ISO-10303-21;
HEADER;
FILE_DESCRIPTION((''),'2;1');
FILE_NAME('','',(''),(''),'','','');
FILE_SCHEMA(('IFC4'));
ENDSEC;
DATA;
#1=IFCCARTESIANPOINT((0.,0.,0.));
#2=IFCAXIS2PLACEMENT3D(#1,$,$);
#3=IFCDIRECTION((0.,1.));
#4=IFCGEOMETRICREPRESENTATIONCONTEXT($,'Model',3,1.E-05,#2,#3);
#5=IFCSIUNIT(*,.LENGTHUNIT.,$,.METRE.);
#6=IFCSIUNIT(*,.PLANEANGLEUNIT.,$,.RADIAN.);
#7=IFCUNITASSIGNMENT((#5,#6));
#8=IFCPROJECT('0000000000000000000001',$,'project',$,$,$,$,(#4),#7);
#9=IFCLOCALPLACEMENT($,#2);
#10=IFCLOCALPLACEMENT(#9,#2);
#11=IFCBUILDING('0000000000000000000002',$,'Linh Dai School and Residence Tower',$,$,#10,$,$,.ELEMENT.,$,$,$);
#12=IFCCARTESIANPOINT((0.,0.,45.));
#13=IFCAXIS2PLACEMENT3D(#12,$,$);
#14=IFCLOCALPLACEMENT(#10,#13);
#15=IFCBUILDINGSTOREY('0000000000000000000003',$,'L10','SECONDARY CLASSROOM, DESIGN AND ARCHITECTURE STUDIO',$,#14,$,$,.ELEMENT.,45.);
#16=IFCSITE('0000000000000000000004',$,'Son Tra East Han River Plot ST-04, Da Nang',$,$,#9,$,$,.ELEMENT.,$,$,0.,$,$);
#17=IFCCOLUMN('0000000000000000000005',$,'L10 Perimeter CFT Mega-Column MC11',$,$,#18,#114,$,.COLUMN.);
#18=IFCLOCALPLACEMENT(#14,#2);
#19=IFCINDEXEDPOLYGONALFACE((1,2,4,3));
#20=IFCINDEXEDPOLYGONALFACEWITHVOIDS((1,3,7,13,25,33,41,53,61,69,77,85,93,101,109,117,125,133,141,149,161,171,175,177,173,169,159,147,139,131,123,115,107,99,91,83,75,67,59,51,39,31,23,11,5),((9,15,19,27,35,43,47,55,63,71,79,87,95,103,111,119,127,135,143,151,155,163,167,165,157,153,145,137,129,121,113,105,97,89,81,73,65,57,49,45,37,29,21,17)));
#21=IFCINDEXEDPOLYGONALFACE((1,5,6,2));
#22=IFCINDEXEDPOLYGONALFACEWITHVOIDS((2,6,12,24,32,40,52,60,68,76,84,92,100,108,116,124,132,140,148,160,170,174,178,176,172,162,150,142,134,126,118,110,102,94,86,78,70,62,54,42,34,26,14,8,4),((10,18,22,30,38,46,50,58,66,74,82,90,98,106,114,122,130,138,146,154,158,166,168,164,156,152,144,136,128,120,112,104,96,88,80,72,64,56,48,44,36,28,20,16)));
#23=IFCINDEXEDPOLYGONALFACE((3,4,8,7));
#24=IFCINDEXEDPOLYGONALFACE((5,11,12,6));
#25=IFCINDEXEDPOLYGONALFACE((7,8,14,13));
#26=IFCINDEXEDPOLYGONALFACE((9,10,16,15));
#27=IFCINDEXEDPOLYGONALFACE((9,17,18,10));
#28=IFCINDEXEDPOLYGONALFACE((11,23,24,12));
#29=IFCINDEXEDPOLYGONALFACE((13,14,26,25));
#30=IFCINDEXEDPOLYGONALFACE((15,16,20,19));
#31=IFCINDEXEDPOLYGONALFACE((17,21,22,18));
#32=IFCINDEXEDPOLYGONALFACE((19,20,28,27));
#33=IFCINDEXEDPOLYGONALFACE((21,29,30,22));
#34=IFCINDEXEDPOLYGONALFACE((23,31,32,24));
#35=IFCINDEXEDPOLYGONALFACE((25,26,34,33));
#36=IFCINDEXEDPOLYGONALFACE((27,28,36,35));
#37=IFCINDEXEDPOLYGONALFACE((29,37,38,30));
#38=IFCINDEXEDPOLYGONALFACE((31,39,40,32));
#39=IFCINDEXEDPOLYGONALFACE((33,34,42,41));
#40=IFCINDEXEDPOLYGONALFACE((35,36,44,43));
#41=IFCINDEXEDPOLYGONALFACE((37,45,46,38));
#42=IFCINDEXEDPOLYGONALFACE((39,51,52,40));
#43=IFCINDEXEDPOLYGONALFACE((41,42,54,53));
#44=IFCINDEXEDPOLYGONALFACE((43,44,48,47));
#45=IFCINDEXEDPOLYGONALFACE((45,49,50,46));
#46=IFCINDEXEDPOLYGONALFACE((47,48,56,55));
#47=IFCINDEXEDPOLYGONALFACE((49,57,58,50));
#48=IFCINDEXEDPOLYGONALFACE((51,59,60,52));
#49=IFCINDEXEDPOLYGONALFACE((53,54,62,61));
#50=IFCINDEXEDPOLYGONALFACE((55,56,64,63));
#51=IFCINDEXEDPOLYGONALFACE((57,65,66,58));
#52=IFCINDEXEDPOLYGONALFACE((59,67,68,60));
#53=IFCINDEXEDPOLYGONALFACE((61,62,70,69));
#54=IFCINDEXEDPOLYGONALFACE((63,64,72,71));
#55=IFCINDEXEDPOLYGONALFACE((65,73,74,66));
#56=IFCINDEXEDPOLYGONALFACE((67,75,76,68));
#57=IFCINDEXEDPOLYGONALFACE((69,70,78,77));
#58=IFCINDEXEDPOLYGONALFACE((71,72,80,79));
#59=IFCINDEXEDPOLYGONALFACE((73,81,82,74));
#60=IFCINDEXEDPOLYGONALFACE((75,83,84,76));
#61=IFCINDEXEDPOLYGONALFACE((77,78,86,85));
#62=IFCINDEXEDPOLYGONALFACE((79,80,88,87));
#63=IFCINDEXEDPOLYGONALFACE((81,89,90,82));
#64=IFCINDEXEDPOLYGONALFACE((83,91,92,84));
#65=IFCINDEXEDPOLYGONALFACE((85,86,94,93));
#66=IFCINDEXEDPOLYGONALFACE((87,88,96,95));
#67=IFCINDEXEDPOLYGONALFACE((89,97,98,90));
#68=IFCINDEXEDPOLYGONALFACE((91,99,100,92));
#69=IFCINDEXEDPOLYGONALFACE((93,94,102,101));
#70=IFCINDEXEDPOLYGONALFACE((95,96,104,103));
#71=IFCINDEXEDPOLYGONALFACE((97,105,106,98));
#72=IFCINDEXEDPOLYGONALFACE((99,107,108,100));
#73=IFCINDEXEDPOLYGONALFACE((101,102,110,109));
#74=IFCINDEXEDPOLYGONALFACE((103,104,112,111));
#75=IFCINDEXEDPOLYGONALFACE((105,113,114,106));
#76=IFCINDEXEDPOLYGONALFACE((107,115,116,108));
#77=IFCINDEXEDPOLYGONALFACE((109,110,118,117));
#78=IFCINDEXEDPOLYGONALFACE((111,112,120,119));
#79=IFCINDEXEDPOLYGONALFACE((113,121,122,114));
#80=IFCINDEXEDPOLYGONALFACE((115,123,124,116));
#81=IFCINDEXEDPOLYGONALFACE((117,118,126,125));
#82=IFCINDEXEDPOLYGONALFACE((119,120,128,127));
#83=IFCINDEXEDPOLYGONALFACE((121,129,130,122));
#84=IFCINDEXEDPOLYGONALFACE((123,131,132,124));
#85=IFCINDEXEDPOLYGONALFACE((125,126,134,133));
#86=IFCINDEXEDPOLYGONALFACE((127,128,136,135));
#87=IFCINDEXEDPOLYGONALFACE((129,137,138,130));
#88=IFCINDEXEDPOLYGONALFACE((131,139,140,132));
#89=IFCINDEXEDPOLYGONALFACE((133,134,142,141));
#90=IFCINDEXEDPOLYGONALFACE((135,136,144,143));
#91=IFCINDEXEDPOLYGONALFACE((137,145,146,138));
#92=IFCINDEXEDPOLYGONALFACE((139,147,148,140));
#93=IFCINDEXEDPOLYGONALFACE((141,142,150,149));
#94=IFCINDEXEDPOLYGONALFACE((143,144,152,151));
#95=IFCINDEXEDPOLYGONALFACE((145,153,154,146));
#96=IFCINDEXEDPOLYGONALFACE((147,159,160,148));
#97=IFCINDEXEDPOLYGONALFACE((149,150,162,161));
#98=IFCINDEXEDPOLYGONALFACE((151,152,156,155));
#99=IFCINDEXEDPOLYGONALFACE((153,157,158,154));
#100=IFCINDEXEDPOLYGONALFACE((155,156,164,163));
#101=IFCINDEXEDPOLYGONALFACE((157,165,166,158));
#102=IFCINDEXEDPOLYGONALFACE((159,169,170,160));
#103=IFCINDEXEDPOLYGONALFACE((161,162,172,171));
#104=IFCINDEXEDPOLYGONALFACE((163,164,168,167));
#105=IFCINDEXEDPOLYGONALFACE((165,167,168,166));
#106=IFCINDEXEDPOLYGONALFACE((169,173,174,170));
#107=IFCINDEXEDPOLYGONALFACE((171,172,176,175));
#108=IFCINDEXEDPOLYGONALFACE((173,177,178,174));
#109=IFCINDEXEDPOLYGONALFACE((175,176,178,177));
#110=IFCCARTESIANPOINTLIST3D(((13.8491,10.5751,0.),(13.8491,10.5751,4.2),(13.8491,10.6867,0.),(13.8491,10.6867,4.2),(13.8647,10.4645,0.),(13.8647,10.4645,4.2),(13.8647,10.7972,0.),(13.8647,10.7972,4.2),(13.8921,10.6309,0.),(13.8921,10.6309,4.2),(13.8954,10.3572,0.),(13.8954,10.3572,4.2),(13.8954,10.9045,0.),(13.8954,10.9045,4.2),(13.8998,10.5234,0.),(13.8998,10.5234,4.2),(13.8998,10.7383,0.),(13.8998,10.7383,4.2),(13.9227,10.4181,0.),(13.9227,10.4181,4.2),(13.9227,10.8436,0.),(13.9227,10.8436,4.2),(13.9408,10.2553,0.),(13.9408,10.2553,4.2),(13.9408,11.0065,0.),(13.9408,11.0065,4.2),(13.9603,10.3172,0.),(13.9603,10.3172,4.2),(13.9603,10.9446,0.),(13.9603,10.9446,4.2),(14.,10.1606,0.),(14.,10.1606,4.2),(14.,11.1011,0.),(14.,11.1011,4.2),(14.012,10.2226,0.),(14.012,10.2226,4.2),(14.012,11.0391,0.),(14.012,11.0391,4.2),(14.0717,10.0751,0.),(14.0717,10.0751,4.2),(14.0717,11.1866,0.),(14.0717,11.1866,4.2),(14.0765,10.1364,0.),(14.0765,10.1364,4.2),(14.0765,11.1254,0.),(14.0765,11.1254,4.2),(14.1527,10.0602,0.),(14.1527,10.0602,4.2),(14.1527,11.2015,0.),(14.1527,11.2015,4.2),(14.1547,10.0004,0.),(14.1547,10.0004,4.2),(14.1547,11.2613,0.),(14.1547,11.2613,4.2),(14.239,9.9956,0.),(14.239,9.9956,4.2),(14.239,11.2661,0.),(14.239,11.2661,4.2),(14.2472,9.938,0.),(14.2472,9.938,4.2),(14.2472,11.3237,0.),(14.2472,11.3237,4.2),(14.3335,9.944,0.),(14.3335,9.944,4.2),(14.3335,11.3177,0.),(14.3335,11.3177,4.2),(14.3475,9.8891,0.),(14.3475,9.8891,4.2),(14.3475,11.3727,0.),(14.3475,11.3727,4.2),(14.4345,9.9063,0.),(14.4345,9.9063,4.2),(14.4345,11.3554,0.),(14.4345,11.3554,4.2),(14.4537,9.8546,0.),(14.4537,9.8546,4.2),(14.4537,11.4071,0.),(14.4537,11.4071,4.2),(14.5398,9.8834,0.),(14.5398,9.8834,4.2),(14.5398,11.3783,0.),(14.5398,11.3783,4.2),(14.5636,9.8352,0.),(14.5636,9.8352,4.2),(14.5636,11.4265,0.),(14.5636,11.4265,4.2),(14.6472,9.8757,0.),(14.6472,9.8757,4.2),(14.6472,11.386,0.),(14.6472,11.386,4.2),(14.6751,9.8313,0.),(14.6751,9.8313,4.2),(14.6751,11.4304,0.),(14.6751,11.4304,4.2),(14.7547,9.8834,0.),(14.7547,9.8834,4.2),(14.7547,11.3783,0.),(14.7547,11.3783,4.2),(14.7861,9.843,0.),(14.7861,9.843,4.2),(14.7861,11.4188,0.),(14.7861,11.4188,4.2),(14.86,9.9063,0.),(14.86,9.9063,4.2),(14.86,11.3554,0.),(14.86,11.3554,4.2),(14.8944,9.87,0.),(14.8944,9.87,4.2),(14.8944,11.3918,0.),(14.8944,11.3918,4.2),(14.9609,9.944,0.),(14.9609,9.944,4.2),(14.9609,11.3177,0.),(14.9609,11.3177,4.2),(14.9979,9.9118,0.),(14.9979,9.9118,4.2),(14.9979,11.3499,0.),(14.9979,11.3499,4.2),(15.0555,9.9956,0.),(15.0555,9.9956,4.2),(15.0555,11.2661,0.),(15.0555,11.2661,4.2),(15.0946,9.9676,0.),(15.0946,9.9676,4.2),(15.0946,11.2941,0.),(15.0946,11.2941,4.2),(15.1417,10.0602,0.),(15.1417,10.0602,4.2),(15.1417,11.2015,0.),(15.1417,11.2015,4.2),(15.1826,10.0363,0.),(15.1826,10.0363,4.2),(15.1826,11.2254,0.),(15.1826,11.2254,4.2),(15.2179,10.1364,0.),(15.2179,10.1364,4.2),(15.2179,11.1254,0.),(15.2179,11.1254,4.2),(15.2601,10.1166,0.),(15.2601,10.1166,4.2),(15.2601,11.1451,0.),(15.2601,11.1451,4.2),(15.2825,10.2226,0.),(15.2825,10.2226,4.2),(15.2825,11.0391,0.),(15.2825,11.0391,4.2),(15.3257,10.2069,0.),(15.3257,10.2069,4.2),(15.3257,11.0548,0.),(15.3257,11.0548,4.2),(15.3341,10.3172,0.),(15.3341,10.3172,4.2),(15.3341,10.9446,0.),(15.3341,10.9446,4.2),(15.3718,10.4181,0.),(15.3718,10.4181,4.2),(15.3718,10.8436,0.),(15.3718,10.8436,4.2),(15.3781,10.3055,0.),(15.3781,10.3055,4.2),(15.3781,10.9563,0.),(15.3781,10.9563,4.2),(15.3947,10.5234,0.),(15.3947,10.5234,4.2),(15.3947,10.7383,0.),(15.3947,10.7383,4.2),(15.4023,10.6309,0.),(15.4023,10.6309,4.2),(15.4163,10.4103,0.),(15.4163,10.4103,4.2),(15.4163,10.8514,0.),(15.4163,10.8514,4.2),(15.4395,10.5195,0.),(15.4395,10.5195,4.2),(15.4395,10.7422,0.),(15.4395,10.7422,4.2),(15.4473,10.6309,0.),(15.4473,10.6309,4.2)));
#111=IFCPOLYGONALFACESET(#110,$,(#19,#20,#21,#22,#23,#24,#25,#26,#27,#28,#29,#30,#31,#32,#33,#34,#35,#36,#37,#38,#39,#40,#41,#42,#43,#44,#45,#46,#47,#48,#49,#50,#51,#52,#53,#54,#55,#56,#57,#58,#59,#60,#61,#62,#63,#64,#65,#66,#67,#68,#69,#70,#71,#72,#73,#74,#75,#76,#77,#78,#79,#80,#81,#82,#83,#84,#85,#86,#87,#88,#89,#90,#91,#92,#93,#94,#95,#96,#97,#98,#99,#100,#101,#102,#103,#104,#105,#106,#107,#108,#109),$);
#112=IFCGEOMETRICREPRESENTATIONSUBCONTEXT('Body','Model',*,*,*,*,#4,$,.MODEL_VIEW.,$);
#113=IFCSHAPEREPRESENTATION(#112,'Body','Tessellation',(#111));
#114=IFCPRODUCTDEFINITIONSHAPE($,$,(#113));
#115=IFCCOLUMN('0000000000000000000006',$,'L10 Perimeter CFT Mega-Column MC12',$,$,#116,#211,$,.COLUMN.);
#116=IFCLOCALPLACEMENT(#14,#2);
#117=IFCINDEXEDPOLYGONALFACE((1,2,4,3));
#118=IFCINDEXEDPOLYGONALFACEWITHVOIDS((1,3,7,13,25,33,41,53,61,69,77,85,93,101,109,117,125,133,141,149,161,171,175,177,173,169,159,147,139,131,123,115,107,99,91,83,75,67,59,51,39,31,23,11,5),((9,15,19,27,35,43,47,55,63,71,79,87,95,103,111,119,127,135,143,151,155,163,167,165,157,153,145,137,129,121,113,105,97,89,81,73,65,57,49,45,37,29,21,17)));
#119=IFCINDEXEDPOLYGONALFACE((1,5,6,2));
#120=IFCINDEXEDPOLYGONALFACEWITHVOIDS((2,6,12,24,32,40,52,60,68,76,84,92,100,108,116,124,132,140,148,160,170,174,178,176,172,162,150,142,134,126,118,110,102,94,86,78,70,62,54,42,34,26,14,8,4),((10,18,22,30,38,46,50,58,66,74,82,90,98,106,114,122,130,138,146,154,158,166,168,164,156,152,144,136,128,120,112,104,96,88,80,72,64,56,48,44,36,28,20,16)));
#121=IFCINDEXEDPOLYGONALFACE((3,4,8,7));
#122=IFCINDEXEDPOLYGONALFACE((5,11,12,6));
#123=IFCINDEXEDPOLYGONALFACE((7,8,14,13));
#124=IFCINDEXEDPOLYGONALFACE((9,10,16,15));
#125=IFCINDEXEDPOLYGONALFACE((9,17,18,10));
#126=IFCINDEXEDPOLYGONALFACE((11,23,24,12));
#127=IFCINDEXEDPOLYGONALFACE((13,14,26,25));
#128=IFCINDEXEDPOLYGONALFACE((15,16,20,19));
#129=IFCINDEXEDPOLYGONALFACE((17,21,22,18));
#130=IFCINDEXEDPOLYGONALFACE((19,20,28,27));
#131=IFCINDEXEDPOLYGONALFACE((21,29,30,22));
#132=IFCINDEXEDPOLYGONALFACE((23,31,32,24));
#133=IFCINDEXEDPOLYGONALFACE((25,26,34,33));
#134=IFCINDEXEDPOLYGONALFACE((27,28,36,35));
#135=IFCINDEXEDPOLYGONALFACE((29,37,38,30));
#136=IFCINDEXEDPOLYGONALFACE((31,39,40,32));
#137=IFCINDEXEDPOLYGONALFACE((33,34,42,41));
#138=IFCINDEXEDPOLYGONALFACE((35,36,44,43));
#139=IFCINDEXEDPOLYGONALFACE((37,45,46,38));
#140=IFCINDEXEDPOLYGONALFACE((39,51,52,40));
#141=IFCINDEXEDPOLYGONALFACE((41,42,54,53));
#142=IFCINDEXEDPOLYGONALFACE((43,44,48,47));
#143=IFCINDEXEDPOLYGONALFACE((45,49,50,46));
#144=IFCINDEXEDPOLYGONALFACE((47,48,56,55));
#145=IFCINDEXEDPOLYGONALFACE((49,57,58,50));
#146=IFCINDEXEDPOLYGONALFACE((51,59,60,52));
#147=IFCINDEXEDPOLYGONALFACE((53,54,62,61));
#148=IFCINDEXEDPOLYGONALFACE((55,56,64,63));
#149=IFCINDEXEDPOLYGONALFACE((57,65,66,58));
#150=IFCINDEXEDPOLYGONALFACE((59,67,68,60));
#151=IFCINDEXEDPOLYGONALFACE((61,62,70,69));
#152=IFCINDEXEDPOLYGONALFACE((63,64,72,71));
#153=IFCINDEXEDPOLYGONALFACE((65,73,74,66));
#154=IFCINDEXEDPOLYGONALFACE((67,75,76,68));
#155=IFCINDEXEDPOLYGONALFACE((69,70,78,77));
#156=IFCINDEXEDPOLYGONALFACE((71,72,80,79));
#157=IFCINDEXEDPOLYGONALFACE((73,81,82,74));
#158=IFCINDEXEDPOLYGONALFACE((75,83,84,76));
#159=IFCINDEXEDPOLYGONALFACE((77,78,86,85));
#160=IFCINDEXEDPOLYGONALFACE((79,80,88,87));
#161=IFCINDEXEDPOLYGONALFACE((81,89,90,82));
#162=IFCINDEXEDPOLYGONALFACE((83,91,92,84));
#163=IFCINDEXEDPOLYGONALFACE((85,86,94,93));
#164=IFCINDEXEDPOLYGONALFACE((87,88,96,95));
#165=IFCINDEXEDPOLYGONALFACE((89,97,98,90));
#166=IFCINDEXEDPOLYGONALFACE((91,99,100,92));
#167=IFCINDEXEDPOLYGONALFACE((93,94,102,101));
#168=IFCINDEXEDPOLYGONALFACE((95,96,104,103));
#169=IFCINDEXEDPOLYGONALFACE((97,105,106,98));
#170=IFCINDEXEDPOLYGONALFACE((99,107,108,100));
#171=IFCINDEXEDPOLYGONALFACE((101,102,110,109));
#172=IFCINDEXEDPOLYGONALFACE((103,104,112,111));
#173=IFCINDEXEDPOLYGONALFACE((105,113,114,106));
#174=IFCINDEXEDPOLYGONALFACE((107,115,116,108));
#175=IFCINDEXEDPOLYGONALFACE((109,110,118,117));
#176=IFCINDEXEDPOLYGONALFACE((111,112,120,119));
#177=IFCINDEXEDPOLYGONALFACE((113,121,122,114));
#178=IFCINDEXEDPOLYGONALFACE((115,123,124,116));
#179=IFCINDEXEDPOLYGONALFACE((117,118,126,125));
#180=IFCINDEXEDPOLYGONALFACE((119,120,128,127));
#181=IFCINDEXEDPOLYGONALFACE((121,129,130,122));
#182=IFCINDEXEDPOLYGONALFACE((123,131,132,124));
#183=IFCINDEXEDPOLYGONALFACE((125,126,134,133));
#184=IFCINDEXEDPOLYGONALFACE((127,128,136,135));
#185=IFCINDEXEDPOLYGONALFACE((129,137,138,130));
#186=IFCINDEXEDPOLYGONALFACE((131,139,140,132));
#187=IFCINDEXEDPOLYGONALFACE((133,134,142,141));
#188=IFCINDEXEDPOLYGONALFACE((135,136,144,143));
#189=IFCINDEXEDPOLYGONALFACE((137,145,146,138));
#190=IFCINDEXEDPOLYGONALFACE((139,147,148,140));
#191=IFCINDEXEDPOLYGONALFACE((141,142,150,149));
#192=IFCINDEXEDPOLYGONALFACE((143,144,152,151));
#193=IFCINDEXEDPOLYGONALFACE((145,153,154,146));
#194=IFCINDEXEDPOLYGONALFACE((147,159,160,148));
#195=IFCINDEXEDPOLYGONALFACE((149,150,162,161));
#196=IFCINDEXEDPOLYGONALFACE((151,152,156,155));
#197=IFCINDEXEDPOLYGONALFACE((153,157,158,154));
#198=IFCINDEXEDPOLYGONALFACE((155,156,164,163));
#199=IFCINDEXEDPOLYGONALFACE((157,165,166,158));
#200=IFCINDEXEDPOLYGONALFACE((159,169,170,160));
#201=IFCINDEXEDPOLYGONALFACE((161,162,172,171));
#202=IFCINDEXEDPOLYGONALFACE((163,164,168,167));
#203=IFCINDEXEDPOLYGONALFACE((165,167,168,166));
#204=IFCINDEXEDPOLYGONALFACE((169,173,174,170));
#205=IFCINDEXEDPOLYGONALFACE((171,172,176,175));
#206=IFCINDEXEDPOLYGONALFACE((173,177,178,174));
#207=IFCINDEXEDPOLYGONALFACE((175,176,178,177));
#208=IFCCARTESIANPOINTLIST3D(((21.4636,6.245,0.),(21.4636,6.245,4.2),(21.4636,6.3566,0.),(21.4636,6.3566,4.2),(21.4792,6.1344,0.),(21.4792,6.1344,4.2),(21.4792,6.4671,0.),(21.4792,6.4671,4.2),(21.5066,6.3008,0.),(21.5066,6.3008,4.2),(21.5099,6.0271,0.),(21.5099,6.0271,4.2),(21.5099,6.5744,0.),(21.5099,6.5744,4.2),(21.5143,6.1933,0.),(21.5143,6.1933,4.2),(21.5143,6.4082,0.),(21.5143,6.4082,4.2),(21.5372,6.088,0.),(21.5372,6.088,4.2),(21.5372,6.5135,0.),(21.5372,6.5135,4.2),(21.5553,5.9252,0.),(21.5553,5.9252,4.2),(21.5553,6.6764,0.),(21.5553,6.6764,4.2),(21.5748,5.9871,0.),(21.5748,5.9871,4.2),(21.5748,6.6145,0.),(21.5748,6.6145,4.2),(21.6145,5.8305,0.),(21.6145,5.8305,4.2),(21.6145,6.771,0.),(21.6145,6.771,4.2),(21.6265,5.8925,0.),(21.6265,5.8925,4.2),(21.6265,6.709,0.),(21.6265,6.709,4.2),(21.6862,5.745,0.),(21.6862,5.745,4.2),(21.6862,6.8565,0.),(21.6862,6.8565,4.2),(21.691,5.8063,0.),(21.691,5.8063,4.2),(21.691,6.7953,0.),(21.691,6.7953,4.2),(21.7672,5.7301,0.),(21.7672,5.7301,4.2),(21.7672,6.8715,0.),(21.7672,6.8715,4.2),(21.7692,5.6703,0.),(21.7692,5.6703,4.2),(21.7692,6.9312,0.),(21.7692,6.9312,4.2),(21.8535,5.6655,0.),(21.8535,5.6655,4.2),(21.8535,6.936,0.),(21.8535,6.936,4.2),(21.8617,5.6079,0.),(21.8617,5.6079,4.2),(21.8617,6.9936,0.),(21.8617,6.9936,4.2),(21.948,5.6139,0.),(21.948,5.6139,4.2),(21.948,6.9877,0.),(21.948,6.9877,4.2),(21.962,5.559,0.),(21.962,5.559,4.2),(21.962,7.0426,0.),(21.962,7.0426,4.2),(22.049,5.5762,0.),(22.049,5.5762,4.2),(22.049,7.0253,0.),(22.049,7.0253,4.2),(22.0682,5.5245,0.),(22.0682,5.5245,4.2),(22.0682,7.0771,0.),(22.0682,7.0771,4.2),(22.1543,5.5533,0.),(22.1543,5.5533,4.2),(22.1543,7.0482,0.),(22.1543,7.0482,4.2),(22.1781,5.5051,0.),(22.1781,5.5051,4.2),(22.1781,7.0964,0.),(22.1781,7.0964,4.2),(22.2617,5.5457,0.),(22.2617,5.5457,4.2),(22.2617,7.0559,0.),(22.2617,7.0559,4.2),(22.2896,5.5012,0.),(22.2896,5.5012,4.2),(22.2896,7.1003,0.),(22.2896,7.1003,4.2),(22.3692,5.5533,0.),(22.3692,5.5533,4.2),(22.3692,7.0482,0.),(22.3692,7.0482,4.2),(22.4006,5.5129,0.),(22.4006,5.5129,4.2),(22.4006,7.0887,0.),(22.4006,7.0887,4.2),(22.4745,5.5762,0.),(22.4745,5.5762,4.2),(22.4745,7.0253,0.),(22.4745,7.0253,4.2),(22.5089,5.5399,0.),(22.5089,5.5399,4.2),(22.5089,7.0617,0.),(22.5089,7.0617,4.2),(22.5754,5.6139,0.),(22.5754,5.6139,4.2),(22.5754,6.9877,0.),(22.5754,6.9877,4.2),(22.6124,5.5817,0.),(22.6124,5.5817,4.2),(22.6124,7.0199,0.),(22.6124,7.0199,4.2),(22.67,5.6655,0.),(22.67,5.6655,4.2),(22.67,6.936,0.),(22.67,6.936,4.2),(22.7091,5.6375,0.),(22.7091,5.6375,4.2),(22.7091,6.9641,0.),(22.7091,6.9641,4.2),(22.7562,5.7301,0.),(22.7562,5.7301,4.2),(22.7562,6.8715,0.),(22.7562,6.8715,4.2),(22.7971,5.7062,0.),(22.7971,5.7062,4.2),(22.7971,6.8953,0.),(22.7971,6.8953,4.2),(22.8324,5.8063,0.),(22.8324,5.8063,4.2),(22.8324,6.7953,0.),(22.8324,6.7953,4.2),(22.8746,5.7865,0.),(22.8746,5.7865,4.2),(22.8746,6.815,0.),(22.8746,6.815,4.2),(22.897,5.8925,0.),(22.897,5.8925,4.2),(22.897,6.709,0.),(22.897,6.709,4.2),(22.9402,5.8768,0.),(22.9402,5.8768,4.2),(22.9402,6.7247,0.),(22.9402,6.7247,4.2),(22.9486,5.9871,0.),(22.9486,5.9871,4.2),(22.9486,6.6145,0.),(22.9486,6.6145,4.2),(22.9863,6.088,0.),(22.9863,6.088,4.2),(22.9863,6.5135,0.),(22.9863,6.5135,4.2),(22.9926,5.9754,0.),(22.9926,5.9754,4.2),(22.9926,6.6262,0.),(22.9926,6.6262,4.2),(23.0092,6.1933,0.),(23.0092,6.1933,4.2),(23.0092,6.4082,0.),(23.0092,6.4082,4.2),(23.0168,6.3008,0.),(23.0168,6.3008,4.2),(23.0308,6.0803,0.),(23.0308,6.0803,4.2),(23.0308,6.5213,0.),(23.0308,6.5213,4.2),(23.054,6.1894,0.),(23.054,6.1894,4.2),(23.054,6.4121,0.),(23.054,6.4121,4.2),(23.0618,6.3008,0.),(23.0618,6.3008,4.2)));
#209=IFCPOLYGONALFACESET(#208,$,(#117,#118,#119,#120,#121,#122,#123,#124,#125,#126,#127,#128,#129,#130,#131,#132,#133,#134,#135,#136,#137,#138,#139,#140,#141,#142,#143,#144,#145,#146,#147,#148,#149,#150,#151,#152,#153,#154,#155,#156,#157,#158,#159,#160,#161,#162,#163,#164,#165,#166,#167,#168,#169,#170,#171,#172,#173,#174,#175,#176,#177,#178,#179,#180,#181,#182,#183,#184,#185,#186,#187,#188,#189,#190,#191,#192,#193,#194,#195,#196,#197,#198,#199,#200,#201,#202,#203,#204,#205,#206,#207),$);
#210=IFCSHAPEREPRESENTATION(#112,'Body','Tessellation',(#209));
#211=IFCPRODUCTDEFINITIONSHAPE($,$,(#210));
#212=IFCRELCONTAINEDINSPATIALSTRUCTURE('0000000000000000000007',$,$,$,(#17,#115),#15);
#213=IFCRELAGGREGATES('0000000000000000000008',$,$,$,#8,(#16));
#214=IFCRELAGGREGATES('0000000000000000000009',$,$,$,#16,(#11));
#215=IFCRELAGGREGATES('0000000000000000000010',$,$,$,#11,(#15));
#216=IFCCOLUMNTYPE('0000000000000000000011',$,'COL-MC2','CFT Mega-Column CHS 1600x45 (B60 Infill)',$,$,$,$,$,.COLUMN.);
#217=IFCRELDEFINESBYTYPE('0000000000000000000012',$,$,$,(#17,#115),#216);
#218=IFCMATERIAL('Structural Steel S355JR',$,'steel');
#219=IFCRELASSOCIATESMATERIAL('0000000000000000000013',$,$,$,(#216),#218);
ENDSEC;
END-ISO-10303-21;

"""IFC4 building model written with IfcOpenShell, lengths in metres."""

from ifc_helpers import new_model, si_unit, direction, frame, origin, origin_2d, place, context, subcontext, project, spatial, hollow_circle, extrude, material, material_profile, profile_set, type_object, element, save


model = new_model("IFC4")

# Units and contexts
model_context = context("Model", 3, precision=1e-05, world=origin(), true_north=direction((0.0, 1.0)))
body_context = subcontext(model_context, "Body", "Model", "MODEL_VIEW")
ifc_project = project(units=[si_unit("LENGTHUNIT", "METRE"), si_unit("PLANEANGLEUNIT", "RADIAN")], contexts=[model_context])

# Site, building, storey
site_placement = place(None, origin())
site = spatial("IfcSite", under=ifc_project, at=site_placement, Name="Son Tra East Han River Plot ST-04, Da Nang", CompositionType="ELEMENT", RefElevation=0.0)
building_placement = place(site_placement, origin())
building = spatial("IfcBuilding", under=site, at=building_placement, Name="Linh Dai School and Residence Tower", CompositionType="ELEMENT")
storey_placement = place(building_placement, frame((0.0, 0.0, 45.0)))
storey = spatial("IfcBuildingStorey", under=building, at=storey_placement, Name="L10", Description="SECONDARY CLASSROOM, DESIGN AND ARCHITECTURE STUDIO", CompositionType="ELEMENT", Elevation=45.0)

# Columns
ifc_material_1 = material(Name="Structural Steel S355JR", Category="steel")
ifc_material_profile_1 = material_profile(ifc_material_1, hollow_circle(Radius=0.8, WallThickness=0.0449, at=origin_2d()), Name="CHS 1600x45")
ifc_profile_set_1 = profile_set([ifc_material_profile_1], Name="Structural Steel S355JR")
column_type = type_object("IfcColumnType", Name="COL-MC2", Description="CFT Mega-Column CHS 1600x45 (B60 Infill)", PredefinedType="COLUMN", material=ifc_profile_set_1)
for number, where, z_axis, x_axis, name in (
    (1, (14.6472, 10.6309, 0.0), (0.0, 0.0, 1.0), (1.0, 0.0, 0.0), "L10 Perimeter CFT Mega-Column MC11"),
    (2, (22.2617, 6.3008, 0.0), (0.0, 0.0, 1.0), (1.0, 0.0, 0.0), "L10 Perimeter CFT Mega-Column MC12"),
):
    element("IfcColumn", number, at=place(storey_placement, frame(where, z_axis=z_axis, x_axis=x_axis)), inside=storey, type_object=column_type, Name=name, PredefinedType="COLUMN", context=body_context, shape_type="SweptSolid", body=[
        extrude(hollow_circle(Radius=0.8, WallThickness=0.0449, at=origin_2d()), origin(), (0.0, 0.0, 1.0), 4.2),
    ])

save(model, "model.ifc")
